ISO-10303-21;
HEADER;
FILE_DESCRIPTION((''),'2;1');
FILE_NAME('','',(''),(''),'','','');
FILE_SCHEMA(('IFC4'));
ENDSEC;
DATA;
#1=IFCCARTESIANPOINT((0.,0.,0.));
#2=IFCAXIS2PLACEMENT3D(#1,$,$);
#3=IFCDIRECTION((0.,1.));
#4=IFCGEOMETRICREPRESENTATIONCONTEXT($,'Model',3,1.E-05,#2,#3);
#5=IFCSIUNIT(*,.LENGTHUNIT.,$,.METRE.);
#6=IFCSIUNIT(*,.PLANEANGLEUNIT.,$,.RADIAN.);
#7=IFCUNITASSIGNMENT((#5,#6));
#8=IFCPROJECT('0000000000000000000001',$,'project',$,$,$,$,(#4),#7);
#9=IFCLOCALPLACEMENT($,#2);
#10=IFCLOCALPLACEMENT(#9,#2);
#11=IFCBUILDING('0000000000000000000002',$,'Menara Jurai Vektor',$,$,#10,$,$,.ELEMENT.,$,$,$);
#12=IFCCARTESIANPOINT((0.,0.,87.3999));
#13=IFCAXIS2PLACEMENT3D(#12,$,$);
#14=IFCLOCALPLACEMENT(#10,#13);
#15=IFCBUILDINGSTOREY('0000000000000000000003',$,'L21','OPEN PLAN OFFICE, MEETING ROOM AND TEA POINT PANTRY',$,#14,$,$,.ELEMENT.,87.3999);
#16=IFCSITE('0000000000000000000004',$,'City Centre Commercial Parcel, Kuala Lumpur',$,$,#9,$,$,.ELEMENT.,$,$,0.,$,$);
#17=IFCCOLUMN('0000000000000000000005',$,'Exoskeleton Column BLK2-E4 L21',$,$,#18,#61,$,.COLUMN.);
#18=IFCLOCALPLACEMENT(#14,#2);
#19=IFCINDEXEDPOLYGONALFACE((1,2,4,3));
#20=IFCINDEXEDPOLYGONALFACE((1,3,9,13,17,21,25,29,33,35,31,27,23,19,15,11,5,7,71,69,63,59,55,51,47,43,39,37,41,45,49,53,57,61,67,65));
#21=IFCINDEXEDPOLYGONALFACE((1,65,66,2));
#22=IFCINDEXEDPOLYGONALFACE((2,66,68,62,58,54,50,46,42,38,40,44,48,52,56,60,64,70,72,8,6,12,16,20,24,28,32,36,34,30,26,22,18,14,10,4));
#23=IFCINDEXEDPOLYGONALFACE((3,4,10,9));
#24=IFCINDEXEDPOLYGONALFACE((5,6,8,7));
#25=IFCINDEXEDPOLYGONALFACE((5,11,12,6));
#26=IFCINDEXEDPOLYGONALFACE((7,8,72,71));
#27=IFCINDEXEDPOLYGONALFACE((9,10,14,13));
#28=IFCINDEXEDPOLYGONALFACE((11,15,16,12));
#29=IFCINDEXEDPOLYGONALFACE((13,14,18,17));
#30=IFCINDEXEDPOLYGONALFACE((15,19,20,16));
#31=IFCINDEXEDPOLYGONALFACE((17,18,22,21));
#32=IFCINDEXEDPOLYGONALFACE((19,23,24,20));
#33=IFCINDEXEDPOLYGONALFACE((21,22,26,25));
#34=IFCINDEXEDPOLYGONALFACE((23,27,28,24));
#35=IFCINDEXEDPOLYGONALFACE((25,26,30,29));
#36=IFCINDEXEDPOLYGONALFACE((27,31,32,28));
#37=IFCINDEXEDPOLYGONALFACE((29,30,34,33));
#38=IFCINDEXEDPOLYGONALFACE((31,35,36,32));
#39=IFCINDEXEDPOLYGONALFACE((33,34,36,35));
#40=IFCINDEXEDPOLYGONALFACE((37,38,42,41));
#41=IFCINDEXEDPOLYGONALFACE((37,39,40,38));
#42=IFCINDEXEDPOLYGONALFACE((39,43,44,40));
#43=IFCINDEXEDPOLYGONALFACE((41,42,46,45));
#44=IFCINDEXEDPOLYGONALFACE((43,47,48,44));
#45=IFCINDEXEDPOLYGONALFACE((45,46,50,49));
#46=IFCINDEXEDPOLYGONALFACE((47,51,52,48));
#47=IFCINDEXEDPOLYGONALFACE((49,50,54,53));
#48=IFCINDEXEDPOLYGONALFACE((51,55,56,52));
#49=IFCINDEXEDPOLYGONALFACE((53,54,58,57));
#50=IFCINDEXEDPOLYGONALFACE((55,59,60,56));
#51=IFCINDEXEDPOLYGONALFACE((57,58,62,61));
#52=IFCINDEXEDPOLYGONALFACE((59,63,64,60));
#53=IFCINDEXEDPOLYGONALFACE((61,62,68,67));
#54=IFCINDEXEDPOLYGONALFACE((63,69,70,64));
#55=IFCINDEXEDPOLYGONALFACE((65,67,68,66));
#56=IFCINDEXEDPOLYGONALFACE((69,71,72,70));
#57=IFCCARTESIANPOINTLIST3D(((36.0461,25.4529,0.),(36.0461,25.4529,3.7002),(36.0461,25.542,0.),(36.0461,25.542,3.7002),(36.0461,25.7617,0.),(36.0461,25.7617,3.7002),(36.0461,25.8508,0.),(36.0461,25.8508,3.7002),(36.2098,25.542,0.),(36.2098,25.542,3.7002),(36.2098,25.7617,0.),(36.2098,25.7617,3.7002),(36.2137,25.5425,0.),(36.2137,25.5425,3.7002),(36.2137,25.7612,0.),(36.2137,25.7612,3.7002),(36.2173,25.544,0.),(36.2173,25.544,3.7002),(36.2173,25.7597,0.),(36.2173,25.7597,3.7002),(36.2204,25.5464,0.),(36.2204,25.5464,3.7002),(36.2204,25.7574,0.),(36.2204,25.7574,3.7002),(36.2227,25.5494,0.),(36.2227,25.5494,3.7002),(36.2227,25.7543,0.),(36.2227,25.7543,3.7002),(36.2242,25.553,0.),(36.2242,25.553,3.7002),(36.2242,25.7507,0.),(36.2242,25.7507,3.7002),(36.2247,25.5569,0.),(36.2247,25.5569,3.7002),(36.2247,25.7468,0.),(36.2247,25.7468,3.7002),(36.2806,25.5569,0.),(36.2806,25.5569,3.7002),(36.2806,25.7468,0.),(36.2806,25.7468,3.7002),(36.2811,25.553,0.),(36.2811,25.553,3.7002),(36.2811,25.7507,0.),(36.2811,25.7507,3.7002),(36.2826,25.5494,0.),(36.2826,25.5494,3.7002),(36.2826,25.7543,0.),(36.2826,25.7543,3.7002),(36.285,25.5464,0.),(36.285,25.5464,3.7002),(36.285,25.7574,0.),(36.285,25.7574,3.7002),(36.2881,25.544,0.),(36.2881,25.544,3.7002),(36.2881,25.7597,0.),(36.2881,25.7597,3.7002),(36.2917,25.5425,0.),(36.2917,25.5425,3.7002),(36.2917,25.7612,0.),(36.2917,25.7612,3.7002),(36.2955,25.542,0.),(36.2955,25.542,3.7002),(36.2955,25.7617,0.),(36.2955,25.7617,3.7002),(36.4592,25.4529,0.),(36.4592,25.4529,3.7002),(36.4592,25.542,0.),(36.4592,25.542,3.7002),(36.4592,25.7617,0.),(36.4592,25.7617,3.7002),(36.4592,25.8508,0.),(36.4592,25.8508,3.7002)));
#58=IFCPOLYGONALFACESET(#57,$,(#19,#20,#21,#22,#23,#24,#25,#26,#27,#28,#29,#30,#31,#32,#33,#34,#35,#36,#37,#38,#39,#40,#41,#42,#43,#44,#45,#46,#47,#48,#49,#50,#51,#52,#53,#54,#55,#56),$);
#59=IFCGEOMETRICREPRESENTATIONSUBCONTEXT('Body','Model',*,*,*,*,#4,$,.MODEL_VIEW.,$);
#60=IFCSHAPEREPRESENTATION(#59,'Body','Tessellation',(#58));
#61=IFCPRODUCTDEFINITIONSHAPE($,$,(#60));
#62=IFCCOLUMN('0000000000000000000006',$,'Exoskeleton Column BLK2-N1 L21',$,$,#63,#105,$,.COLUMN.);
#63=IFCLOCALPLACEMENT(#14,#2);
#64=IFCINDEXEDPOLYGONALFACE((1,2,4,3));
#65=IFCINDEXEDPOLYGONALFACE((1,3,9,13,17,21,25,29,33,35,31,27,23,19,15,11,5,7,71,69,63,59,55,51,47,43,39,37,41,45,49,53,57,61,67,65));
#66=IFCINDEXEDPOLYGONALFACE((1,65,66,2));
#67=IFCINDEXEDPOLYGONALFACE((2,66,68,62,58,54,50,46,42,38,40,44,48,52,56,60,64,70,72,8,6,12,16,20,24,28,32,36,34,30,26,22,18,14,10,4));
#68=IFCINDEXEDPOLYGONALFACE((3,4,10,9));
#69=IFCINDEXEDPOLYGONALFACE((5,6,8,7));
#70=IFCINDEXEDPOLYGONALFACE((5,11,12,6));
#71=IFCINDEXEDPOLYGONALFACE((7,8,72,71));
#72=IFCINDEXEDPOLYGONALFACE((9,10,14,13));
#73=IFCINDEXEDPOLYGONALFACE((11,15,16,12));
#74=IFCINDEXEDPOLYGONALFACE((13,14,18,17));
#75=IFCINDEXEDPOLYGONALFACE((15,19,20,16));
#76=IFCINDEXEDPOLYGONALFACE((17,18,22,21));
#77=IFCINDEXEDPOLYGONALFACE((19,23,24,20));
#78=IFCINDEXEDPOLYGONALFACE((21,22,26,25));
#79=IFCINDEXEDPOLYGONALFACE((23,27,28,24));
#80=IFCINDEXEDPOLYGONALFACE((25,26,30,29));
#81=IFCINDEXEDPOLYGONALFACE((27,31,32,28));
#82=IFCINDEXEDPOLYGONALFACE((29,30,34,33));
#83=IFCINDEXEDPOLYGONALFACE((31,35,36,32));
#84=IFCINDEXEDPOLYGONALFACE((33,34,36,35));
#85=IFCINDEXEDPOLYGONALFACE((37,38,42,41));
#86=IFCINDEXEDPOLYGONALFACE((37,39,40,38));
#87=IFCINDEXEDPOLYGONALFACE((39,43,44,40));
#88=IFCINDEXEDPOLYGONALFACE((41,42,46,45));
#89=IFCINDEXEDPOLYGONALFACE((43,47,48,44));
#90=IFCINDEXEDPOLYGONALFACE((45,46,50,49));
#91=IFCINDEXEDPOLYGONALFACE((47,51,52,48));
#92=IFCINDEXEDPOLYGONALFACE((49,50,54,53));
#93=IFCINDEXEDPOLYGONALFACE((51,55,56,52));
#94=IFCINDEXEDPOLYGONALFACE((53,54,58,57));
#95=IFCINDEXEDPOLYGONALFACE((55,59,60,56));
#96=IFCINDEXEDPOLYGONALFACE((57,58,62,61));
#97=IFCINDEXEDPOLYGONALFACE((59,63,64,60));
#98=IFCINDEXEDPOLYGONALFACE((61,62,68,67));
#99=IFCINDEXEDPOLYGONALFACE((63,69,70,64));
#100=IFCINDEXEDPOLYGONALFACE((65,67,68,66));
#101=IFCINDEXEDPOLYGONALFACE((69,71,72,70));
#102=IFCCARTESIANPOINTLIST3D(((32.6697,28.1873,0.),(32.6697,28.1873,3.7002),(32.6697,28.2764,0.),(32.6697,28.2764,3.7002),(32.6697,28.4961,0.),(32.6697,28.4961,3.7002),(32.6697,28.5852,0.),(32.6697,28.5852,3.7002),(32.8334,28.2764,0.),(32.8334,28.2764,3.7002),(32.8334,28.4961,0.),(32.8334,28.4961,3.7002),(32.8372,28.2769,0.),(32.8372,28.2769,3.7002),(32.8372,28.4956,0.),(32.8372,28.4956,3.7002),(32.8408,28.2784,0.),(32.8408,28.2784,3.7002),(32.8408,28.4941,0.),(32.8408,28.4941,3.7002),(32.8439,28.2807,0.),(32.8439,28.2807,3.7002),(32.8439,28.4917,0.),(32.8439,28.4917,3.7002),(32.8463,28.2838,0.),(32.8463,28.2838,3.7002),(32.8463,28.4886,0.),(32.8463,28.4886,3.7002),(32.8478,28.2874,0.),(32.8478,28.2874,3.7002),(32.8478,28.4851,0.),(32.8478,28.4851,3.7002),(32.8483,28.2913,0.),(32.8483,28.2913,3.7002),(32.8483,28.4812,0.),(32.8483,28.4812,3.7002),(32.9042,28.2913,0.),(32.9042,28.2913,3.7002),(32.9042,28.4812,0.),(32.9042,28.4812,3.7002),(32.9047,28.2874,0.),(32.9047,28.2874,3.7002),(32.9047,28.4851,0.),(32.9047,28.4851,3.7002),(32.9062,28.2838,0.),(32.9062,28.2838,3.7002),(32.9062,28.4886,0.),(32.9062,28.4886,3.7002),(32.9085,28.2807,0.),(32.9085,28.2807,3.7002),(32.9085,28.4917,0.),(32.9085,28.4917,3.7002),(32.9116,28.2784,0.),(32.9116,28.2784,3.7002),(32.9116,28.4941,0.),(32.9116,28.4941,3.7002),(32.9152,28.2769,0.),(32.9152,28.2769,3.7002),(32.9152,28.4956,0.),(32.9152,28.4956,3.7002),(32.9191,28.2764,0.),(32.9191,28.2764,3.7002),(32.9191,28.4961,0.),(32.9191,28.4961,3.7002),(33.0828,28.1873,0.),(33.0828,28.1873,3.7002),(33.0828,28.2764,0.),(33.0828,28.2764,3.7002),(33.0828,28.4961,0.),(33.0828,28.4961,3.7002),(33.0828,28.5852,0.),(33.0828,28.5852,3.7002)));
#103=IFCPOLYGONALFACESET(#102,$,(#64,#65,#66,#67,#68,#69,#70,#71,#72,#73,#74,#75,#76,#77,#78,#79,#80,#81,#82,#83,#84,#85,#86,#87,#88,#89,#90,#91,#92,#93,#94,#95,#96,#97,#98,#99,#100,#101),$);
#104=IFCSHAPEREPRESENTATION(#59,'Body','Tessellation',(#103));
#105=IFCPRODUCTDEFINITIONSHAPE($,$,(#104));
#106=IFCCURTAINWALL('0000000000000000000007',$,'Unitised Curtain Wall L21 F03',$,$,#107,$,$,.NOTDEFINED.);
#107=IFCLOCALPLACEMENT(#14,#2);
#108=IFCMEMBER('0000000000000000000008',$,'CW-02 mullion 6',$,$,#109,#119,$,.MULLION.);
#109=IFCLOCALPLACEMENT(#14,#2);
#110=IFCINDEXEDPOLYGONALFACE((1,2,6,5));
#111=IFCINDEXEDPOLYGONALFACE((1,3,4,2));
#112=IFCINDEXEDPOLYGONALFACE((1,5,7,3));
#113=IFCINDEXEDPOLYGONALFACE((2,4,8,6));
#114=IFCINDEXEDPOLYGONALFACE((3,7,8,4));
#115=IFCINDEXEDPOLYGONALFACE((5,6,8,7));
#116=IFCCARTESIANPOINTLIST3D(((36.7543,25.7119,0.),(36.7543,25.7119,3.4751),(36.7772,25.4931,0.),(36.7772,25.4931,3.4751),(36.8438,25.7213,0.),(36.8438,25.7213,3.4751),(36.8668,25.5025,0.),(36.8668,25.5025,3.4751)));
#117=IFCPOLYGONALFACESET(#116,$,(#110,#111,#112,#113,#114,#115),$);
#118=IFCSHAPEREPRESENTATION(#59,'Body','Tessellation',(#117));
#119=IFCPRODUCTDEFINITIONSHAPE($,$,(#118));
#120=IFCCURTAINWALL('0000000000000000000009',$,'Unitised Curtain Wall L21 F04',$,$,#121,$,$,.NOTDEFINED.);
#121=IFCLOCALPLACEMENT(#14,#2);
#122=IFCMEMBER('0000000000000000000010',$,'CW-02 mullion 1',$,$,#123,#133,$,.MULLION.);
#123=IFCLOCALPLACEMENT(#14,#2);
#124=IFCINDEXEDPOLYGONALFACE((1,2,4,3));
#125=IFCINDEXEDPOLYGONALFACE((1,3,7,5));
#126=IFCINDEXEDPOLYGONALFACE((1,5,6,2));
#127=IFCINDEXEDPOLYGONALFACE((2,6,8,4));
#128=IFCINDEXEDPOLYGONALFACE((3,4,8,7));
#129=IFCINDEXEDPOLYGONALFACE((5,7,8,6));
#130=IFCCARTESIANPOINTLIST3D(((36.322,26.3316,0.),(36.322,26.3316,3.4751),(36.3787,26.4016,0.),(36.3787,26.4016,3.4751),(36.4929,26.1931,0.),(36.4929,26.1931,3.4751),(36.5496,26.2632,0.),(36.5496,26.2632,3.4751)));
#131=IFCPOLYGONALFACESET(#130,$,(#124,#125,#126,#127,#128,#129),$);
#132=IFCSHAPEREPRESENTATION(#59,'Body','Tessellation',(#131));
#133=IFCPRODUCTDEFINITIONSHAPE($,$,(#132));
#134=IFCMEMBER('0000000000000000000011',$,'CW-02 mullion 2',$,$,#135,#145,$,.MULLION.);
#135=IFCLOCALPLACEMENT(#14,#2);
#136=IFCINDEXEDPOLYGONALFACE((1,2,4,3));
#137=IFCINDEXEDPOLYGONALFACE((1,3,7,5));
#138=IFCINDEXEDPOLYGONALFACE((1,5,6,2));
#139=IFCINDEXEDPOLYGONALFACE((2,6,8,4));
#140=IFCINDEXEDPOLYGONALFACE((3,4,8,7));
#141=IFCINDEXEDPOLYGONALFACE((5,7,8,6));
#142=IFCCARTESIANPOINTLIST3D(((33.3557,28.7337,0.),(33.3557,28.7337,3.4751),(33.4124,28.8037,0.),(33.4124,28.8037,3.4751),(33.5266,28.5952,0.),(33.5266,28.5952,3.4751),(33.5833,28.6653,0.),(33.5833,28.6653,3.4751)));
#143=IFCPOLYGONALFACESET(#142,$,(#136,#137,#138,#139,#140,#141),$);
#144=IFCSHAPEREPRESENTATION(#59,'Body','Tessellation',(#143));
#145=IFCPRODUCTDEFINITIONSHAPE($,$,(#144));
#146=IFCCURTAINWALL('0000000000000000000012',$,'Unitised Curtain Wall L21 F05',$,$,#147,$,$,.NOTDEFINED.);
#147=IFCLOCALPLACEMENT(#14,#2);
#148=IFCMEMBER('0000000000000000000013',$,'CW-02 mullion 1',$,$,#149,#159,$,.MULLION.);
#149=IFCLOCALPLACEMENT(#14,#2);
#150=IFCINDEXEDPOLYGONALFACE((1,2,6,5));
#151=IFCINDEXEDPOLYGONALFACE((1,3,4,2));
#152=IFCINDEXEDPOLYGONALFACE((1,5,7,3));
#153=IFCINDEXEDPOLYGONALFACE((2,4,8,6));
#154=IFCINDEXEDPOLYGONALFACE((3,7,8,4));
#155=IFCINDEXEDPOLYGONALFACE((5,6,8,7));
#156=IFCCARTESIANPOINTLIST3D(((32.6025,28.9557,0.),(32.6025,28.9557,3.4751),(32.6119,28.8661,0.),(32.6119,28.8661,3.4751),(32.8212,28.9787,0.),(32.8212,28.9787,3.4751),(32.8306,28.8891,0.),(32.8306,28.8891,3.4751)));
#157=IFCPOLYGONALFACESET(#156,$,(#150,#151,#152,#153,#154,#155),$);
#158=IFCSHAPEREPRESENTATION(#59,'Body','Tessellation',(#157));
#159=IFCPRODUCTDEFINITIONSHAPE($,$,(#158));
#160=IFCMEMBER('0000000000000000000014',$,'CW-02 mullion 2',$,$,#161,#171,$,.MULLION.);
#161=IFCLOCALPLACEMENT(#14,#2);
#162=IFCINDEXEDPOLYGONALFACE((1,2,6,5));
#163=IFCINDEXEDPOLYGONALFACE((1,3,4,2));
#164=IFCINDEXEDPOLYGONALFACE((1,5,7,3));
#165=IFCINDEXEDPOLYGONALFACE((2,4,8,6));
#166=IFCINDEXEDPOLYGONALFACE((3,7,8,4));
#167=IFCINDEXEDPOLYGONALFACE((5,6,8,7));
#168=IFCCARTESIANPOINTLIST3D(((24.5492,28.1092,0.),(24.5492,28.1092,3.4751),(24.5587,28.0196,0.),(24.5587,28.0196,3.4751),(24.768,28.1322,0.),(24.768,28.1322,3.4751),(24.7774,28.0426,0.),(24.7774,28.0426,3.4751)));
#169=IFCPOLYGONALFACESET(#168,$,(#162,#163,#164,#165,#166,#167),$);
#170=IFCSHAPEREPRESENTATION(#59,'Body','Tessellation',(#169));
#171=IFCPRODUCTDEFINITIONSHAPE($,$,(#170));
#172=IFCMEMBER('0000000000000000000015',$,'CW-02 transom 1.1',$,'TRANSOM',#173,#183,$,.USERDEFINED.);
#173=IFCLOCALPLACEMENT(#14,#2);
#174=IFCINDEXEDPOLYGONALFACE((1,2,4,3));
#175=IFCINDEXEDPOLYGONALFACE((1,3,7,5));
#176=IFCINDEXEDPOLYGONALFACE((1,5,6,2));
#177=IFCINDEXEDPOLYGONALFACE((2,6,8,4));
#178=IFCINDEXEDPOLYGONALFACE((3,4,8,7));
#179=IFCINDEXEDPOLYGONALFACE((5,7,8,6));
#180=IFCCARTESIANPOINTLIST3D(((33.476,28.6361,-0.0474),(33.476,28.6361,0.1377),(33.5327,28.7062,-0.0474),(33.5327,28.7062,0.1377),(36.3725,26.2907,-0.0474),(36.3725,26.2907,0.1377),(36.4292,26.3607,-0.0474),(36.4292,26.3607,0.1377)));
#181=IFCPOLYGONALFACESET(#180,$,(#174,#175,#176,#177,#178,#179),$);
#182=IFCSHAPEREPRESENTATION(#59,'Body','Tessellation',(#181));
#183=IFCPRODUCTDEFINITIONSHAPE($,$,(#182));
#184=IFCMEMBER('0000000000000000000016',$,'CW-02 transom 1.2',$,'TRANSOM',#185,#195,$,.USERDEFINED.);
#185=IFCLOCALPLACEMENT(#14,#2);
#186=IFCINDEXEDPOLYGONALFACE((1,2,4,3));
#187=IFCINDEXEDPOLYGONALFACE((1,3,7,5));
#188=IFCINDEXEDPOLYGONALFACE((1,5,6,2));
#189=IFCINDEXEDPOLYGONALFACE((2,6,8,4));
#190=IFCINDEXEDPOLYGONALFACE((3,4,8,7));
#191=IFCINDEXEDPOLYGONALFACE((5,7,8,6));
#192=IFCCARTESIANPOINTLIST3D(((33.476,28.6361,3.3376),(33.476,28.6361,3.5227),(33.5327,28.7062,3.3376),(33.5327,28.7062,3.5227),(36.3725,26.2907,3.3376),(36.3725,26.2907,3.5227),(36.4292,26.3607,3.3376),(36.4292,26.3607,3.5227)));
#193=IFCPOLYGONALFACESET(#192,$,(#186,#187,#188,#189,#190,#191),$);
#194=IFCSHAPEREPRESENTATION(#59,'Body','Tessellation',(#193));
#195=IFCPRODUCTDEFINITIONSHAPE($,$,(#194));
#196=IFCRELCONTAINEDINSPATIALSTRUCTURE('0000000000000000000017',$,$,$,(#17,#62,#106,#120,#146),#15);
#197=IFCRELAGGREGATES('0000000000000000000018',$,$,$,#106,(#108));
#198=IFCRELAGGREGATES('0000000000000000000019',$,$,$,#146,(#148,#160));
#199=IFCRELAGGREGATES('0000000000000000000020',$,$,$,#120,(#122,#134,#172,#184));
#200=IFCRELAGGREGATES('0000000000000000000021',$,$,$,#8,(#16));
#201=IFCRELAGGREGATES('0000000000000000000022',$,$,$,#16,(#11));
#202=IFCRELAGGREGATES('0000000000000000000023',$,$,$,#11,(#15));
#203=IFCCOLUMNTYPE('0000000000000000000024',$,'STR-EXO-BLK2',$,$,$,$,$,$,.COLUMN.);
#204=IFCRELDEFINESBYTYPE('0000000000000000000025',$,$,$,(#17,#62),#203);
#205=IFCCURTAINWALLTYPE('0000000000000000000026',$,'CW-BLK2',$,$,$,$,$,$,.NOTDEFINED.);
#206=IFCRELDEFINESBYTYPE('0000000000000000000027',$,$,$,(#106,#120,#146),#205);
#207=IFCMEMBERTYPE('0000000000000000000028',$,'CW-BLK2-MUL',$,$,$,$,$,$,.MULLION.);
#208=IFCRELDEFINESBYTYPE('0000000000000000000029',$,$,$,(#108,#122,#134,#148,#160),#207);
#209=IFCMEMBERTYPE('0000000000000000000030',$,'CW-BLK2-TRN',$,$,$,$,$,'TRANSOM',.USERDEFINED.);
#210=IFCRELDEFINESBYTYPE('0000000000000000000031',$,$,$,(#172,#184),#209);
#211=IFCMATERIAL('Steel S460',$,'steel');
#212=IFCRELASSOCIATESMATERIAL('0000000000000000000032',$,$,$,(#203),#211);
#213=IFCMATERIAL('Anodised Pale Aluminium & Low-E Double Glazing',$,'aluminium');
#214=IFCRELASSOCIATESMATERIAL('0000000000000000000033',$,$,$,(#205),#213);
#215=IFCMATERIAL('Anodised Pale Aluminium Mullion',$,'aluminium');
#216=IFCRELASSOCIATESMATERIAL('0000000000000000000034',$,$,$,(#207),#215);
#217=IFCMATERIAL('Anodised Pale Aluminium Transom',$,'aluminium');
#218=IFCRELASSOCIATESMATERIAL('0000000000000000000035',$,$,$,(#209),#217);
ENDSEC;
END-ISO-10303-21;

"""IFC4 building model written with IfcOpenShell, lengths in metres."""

from ifc_helpers import new_model, si_unit, direction, frame, origin, origin_2d, place, context, subcontext, project, spatial, rectangle, i_section, extrude, material, material_profile, profile_set, type_object, element, aggregate, save


model = new_model("IFC4")

# Units and contexts
model_context = context("Model", 3, precision=1e-05, world=origin(), true_north=direction((0.0, 1.0)))
body_context = subcontext(model_context, "Body", "Model", "MODEL_VIEW")
ifc_project = project(units=[si_unit("LENGTHUNIT", "METRE"), si_unit("PLANEANGLEUNIT", "RADIAN")], contexts=[model_context])

# Site, building, storey
site_placement = place(None, origin())
site = spatial("IfcSite", under=ifc_project, at=site_placement, Name="City Centre Commercial Parcel, Kuala Lumpur", CompositionType="ELEMENT", RefElevation=0.0)
building_placement = place(site_placement, origin())
building = spatial("IfcBuilding", under=site, at=building_placement, Name="Menara Jurai Vektor", CompositionType="ELEMENT")
storey_placement = place(building_placement, frame((0.0, 0.0, 87.3999)))
storey = spatial("IfcBuildingStorey", under=building, at=storey_placement, Name="L21", Description="OPEN PLAN OFFICE, MEETING ROOM AND TEA POINT PANTRY", CompositionType="ELEMENT", Elevation=87.3999)

# Columns
ifc_material_1 = material(Name="Steel S460", Category="steel")
ifc_material_profile_1 = material_profile(ifc_material_1, i_section(OverallWidth=0.4131, OverallDepth=0.3979, WebThickness=0.0559, FlangeThickness=0.0891, FilletRadius=0.0149, at=origin_2d()), Name="HD 400x744")
ifc_profile_set_1 = profile_set([ifc_material_profile_1], Name="Steel S460")
column_type = type_object("IfcColumnType", Name="STR-EXO-BLK2", PredefinedType="COLUMN", material=ifc_profile_set_1)
for number, where, z_axis, x_axis, name in (
    (1, (36.2527, 25.6519, 0.0), (0.0, 0.0, 1.0), (1.0, 0.0, 0.0), "Exoskeleton Column BLK2-E4 L21"),
    (2, (32.8762, 28.3862, 0.0), (0.0, 0.0, 1.0), (1.0, 0.0, 0.0), "Exoskeleton Column BLK2-N1 L21"),
):
    element("IfcColumn", number, at=place(storey_placement, frame(where, z_axis=z_axis, x_axis=x_axis)), inside=storey, type_object=column_type, Name=name, PredefinedType="COLUMN", context=body_context, shape_type="SweptSolid", body=[
        extrude(i_section(OverallWidth=0.4131, OverallDepth=0.3979, WebThickness=0.0559, FlangeThickness=0.0891, FilletRadius=0.0149, at=origin_2d()), origin(), (0.0, 0.0, 1.0), 3.7002),
    ])

# Curtain wall, member
ifc_material_2 = material(Name="Anodised Pale Aluminium & Low-E Double Glazing", Category="aluminium")
curtain_wall_type = type_object("IfcCurtainWallType", Name="CW-BLK2", PredefinedType="NOTDEFINED", material=ifc_material_2)
curtain_wall_1_placement = place(storey_placement, origin())
curtain_wall_1 = element("IfcCurtainWall", 3, at=curtain_wall_1_placement, inside=storey, type_object=curtain_wall_type, Name="Unitised Curtain Wall L21 F03", PredefinedType="NOTDEFINED")
ifc_material_3 = material(Name="Anodised Pale Aluminium Mullion", Category="aluminium")
ifc_material_profile_2 = material_profile(ifc_material_3, rectangle(XDim=0.0901, YDim=0.22, at=origin_2d()), Name="ALU MUL 90x220")
ifc_profile_set_2 = profile_set([ifc_material_profile_2], Name="Anodised Pale Aluminium Mullion")
member_type_1 = type_object("IfcMemberType", Name="CW-BLK2-MUL", PredefinedType="MULLION", material=ifc_profile_set_2)
member_1_placement = place(storey_placement, frame((36.8105, 25.6072, 0.0), z_axis=(0.0, 0.0, 1.0), x_axis=(-0.994522, -0.10453, 0.0)))
member_1 = element("IfcMember", 4, at=member_1_placement, type_object=member_type_1, Name="CW-02 mullion 6", PredefinedType="MULLION", context=body_context, shape_type="SweptSolid", body=[
    extrude(rectangle(XDim=0.0901, YDim=0.22, at=origin_2d()), origin(), (0.0, 0.0, 1.0), 3.4751),
])

# Curtain walls, members
curtain_wall_2_placement = place(storey_placement, origin())
curtain_wall_2 = element("IfcCurtainWall", 5, at=curtain_wall_2_placement, inside=storey, type_object=curtain_wall_type, Name="Unitised Curtain Wall L21 F04", PredefinedType="NOTDEFINED")
member_2_placement = place(storey_placement, frame((36.4358, 26.2974, 0.0), z_axis=(0.0, 0.0, 1.0), x_axis=(-0.629313, -0.777152, 0.0)))
member_2 = element("IfcMember", 6, at=member_2_placement, type_object=member_type_1, Name="CW-02 mullion 1", PredefinedType="MULLION", context=body_context, shape_type="SweptSolid", body=[
    extrude(rectangle(XDim=0.0901, YDim=0.22, at=origin_2d()), origin(), (0.0, 0.0, 1.0), 3.4751),
])
member_3_placement = place(storey_placement, frame((33.4695, 28.6995, 0.0), z_axis=(0.0, 0.0, 1.0), x_axis=(-0.629313, -0.777152, 0.0)))
member_3 = element("IfcMember", 7, at=member_3_placement, type_object=member_type_1, Name="CW-02 mullion 2", PredefinedType="MULLION", context=body_context, shape_type="SweptSolid", body=[
    extrude(rectangle(XDim=0.0901, YDim=0.22, at=origin_2d()), origin(), (0.0, 0.0, 1.0), 3.4751),
])
curtain_wall_3_placement = place(storey_placement, origin())
curtain_wall_3 = element("IfcCurtainWall", 8, at=curtain_wall_3_placement, inside=storey, type_object=curtain_wall_type, Name="Unitised Curtain Wall L21 F05", PredefinedType="NOTDEFINED")
member_4_placement = place(storey_placement, frame((32.7166, 28.9224, 0.0), z_axis=(0.0, 0.0, 1.0), x_axis=(0.104529, -0.994522, 0.0)))
member_4 = element("IfcMember", 9, at=member_4_placement, type_object=member_type_1, Name="CW-02 mullion 1", PredefinedType="MULLION", context=body_context, shape_type="SweptSolid", body=[
    extrude(rectangle(XDim=0.0901, YDim=0.22, at=origin_2d()), origin(), (0.0, 0.0, 1.0), 3.4751),
])
member_5_placement = place(storey_placement, frame((24.6633, 28.0759, 0.0), z_axis=(0.0, 0.0, 1.0), x_axis=(0.104529, -0.994522, 0.0)))
member_5 = element("IfcMember", 10, at=member_5_placement, type_object=member_type_1, Name="CW-02 mullion 2", PredefinedType="MULLION", context=body_context, shape_type="SweptSolid", body=[
    extrude(rectangle(XDim=0.0901, YDim=0.22, at=origin_2d()), origin(), (0.0, 0.0, 1.0), 3.4751),
])

# Members
ifc_material_4 = material(Name="Anodised Pale Aluminium Transom", Category="aluminium")
ifc_material_profile_3 = material_profile(ifc_material_4, rectangle(XDim=0.0901, YDim=0.1851, at=origin_2d()), Name="ALU TRN 90x185")
ifc_profile_set_3 = profile_set([ifc_material_profile_3], Name="Anodised Pale Aluminium Transom")
member_type_2 = type_object("IfcMemberType", Name="CW-BLK2-TRN", ElementType="TRANSOM", PredefinedType="USERDEFINED", material=ifc_profile_set_3)
member_6_placement = place(storey_placement, frame((36.4009, 26.3257, 0.0452), z_axis=(-0.777155, 0.629309, 0.0), x_axis=(-0.629309, -0.777155, 0.0)))
member_6 = element("IfcMember", 11, at=member_6_placement, type_object=member_type_2, Name="CW-02 transom 1.1", ObjectType="TRANSOM", PredefinedType="USERDEFINED", context=body_context, shape_type="SweptSolid", body=[
    extrude(rectangle(XDim=0.0901, YDim=0.1851, at=origin_2d()), origin(), (0.0, 0.0, 1.0), 3.7271),
])
member_7_placement = place(storey_placement, frame((36.4009, 26.3257, 3.4302), z_axis=(-0.777155, 0.629309, 0.0), x_axis=(-0.629309, -0.777155, 0.0)))
member_7 = element("IfcMember", 12, at=member_7_placement, type_object=member_type_2, Name="CW-02 transom 1.2", ObjectType="TRANSOM", PredefinedType="USERDEFINED", context=body_context, shape_type="SweptSolid", body=[
    extrude(rectangle(XDim=0.0901, YDim=0.1851, at=origin_2d()), origin(), (0.0, 0.0, 1.0), 3.7271),
])

aggregate(curtain_wall_1, [member_1])
aggregate(curtain_wall_3, [member_4, member_5])
aggregate(curtain_wall_2, [member_2, member_3, member_6, member_7])

save(model, "model.ifc")
